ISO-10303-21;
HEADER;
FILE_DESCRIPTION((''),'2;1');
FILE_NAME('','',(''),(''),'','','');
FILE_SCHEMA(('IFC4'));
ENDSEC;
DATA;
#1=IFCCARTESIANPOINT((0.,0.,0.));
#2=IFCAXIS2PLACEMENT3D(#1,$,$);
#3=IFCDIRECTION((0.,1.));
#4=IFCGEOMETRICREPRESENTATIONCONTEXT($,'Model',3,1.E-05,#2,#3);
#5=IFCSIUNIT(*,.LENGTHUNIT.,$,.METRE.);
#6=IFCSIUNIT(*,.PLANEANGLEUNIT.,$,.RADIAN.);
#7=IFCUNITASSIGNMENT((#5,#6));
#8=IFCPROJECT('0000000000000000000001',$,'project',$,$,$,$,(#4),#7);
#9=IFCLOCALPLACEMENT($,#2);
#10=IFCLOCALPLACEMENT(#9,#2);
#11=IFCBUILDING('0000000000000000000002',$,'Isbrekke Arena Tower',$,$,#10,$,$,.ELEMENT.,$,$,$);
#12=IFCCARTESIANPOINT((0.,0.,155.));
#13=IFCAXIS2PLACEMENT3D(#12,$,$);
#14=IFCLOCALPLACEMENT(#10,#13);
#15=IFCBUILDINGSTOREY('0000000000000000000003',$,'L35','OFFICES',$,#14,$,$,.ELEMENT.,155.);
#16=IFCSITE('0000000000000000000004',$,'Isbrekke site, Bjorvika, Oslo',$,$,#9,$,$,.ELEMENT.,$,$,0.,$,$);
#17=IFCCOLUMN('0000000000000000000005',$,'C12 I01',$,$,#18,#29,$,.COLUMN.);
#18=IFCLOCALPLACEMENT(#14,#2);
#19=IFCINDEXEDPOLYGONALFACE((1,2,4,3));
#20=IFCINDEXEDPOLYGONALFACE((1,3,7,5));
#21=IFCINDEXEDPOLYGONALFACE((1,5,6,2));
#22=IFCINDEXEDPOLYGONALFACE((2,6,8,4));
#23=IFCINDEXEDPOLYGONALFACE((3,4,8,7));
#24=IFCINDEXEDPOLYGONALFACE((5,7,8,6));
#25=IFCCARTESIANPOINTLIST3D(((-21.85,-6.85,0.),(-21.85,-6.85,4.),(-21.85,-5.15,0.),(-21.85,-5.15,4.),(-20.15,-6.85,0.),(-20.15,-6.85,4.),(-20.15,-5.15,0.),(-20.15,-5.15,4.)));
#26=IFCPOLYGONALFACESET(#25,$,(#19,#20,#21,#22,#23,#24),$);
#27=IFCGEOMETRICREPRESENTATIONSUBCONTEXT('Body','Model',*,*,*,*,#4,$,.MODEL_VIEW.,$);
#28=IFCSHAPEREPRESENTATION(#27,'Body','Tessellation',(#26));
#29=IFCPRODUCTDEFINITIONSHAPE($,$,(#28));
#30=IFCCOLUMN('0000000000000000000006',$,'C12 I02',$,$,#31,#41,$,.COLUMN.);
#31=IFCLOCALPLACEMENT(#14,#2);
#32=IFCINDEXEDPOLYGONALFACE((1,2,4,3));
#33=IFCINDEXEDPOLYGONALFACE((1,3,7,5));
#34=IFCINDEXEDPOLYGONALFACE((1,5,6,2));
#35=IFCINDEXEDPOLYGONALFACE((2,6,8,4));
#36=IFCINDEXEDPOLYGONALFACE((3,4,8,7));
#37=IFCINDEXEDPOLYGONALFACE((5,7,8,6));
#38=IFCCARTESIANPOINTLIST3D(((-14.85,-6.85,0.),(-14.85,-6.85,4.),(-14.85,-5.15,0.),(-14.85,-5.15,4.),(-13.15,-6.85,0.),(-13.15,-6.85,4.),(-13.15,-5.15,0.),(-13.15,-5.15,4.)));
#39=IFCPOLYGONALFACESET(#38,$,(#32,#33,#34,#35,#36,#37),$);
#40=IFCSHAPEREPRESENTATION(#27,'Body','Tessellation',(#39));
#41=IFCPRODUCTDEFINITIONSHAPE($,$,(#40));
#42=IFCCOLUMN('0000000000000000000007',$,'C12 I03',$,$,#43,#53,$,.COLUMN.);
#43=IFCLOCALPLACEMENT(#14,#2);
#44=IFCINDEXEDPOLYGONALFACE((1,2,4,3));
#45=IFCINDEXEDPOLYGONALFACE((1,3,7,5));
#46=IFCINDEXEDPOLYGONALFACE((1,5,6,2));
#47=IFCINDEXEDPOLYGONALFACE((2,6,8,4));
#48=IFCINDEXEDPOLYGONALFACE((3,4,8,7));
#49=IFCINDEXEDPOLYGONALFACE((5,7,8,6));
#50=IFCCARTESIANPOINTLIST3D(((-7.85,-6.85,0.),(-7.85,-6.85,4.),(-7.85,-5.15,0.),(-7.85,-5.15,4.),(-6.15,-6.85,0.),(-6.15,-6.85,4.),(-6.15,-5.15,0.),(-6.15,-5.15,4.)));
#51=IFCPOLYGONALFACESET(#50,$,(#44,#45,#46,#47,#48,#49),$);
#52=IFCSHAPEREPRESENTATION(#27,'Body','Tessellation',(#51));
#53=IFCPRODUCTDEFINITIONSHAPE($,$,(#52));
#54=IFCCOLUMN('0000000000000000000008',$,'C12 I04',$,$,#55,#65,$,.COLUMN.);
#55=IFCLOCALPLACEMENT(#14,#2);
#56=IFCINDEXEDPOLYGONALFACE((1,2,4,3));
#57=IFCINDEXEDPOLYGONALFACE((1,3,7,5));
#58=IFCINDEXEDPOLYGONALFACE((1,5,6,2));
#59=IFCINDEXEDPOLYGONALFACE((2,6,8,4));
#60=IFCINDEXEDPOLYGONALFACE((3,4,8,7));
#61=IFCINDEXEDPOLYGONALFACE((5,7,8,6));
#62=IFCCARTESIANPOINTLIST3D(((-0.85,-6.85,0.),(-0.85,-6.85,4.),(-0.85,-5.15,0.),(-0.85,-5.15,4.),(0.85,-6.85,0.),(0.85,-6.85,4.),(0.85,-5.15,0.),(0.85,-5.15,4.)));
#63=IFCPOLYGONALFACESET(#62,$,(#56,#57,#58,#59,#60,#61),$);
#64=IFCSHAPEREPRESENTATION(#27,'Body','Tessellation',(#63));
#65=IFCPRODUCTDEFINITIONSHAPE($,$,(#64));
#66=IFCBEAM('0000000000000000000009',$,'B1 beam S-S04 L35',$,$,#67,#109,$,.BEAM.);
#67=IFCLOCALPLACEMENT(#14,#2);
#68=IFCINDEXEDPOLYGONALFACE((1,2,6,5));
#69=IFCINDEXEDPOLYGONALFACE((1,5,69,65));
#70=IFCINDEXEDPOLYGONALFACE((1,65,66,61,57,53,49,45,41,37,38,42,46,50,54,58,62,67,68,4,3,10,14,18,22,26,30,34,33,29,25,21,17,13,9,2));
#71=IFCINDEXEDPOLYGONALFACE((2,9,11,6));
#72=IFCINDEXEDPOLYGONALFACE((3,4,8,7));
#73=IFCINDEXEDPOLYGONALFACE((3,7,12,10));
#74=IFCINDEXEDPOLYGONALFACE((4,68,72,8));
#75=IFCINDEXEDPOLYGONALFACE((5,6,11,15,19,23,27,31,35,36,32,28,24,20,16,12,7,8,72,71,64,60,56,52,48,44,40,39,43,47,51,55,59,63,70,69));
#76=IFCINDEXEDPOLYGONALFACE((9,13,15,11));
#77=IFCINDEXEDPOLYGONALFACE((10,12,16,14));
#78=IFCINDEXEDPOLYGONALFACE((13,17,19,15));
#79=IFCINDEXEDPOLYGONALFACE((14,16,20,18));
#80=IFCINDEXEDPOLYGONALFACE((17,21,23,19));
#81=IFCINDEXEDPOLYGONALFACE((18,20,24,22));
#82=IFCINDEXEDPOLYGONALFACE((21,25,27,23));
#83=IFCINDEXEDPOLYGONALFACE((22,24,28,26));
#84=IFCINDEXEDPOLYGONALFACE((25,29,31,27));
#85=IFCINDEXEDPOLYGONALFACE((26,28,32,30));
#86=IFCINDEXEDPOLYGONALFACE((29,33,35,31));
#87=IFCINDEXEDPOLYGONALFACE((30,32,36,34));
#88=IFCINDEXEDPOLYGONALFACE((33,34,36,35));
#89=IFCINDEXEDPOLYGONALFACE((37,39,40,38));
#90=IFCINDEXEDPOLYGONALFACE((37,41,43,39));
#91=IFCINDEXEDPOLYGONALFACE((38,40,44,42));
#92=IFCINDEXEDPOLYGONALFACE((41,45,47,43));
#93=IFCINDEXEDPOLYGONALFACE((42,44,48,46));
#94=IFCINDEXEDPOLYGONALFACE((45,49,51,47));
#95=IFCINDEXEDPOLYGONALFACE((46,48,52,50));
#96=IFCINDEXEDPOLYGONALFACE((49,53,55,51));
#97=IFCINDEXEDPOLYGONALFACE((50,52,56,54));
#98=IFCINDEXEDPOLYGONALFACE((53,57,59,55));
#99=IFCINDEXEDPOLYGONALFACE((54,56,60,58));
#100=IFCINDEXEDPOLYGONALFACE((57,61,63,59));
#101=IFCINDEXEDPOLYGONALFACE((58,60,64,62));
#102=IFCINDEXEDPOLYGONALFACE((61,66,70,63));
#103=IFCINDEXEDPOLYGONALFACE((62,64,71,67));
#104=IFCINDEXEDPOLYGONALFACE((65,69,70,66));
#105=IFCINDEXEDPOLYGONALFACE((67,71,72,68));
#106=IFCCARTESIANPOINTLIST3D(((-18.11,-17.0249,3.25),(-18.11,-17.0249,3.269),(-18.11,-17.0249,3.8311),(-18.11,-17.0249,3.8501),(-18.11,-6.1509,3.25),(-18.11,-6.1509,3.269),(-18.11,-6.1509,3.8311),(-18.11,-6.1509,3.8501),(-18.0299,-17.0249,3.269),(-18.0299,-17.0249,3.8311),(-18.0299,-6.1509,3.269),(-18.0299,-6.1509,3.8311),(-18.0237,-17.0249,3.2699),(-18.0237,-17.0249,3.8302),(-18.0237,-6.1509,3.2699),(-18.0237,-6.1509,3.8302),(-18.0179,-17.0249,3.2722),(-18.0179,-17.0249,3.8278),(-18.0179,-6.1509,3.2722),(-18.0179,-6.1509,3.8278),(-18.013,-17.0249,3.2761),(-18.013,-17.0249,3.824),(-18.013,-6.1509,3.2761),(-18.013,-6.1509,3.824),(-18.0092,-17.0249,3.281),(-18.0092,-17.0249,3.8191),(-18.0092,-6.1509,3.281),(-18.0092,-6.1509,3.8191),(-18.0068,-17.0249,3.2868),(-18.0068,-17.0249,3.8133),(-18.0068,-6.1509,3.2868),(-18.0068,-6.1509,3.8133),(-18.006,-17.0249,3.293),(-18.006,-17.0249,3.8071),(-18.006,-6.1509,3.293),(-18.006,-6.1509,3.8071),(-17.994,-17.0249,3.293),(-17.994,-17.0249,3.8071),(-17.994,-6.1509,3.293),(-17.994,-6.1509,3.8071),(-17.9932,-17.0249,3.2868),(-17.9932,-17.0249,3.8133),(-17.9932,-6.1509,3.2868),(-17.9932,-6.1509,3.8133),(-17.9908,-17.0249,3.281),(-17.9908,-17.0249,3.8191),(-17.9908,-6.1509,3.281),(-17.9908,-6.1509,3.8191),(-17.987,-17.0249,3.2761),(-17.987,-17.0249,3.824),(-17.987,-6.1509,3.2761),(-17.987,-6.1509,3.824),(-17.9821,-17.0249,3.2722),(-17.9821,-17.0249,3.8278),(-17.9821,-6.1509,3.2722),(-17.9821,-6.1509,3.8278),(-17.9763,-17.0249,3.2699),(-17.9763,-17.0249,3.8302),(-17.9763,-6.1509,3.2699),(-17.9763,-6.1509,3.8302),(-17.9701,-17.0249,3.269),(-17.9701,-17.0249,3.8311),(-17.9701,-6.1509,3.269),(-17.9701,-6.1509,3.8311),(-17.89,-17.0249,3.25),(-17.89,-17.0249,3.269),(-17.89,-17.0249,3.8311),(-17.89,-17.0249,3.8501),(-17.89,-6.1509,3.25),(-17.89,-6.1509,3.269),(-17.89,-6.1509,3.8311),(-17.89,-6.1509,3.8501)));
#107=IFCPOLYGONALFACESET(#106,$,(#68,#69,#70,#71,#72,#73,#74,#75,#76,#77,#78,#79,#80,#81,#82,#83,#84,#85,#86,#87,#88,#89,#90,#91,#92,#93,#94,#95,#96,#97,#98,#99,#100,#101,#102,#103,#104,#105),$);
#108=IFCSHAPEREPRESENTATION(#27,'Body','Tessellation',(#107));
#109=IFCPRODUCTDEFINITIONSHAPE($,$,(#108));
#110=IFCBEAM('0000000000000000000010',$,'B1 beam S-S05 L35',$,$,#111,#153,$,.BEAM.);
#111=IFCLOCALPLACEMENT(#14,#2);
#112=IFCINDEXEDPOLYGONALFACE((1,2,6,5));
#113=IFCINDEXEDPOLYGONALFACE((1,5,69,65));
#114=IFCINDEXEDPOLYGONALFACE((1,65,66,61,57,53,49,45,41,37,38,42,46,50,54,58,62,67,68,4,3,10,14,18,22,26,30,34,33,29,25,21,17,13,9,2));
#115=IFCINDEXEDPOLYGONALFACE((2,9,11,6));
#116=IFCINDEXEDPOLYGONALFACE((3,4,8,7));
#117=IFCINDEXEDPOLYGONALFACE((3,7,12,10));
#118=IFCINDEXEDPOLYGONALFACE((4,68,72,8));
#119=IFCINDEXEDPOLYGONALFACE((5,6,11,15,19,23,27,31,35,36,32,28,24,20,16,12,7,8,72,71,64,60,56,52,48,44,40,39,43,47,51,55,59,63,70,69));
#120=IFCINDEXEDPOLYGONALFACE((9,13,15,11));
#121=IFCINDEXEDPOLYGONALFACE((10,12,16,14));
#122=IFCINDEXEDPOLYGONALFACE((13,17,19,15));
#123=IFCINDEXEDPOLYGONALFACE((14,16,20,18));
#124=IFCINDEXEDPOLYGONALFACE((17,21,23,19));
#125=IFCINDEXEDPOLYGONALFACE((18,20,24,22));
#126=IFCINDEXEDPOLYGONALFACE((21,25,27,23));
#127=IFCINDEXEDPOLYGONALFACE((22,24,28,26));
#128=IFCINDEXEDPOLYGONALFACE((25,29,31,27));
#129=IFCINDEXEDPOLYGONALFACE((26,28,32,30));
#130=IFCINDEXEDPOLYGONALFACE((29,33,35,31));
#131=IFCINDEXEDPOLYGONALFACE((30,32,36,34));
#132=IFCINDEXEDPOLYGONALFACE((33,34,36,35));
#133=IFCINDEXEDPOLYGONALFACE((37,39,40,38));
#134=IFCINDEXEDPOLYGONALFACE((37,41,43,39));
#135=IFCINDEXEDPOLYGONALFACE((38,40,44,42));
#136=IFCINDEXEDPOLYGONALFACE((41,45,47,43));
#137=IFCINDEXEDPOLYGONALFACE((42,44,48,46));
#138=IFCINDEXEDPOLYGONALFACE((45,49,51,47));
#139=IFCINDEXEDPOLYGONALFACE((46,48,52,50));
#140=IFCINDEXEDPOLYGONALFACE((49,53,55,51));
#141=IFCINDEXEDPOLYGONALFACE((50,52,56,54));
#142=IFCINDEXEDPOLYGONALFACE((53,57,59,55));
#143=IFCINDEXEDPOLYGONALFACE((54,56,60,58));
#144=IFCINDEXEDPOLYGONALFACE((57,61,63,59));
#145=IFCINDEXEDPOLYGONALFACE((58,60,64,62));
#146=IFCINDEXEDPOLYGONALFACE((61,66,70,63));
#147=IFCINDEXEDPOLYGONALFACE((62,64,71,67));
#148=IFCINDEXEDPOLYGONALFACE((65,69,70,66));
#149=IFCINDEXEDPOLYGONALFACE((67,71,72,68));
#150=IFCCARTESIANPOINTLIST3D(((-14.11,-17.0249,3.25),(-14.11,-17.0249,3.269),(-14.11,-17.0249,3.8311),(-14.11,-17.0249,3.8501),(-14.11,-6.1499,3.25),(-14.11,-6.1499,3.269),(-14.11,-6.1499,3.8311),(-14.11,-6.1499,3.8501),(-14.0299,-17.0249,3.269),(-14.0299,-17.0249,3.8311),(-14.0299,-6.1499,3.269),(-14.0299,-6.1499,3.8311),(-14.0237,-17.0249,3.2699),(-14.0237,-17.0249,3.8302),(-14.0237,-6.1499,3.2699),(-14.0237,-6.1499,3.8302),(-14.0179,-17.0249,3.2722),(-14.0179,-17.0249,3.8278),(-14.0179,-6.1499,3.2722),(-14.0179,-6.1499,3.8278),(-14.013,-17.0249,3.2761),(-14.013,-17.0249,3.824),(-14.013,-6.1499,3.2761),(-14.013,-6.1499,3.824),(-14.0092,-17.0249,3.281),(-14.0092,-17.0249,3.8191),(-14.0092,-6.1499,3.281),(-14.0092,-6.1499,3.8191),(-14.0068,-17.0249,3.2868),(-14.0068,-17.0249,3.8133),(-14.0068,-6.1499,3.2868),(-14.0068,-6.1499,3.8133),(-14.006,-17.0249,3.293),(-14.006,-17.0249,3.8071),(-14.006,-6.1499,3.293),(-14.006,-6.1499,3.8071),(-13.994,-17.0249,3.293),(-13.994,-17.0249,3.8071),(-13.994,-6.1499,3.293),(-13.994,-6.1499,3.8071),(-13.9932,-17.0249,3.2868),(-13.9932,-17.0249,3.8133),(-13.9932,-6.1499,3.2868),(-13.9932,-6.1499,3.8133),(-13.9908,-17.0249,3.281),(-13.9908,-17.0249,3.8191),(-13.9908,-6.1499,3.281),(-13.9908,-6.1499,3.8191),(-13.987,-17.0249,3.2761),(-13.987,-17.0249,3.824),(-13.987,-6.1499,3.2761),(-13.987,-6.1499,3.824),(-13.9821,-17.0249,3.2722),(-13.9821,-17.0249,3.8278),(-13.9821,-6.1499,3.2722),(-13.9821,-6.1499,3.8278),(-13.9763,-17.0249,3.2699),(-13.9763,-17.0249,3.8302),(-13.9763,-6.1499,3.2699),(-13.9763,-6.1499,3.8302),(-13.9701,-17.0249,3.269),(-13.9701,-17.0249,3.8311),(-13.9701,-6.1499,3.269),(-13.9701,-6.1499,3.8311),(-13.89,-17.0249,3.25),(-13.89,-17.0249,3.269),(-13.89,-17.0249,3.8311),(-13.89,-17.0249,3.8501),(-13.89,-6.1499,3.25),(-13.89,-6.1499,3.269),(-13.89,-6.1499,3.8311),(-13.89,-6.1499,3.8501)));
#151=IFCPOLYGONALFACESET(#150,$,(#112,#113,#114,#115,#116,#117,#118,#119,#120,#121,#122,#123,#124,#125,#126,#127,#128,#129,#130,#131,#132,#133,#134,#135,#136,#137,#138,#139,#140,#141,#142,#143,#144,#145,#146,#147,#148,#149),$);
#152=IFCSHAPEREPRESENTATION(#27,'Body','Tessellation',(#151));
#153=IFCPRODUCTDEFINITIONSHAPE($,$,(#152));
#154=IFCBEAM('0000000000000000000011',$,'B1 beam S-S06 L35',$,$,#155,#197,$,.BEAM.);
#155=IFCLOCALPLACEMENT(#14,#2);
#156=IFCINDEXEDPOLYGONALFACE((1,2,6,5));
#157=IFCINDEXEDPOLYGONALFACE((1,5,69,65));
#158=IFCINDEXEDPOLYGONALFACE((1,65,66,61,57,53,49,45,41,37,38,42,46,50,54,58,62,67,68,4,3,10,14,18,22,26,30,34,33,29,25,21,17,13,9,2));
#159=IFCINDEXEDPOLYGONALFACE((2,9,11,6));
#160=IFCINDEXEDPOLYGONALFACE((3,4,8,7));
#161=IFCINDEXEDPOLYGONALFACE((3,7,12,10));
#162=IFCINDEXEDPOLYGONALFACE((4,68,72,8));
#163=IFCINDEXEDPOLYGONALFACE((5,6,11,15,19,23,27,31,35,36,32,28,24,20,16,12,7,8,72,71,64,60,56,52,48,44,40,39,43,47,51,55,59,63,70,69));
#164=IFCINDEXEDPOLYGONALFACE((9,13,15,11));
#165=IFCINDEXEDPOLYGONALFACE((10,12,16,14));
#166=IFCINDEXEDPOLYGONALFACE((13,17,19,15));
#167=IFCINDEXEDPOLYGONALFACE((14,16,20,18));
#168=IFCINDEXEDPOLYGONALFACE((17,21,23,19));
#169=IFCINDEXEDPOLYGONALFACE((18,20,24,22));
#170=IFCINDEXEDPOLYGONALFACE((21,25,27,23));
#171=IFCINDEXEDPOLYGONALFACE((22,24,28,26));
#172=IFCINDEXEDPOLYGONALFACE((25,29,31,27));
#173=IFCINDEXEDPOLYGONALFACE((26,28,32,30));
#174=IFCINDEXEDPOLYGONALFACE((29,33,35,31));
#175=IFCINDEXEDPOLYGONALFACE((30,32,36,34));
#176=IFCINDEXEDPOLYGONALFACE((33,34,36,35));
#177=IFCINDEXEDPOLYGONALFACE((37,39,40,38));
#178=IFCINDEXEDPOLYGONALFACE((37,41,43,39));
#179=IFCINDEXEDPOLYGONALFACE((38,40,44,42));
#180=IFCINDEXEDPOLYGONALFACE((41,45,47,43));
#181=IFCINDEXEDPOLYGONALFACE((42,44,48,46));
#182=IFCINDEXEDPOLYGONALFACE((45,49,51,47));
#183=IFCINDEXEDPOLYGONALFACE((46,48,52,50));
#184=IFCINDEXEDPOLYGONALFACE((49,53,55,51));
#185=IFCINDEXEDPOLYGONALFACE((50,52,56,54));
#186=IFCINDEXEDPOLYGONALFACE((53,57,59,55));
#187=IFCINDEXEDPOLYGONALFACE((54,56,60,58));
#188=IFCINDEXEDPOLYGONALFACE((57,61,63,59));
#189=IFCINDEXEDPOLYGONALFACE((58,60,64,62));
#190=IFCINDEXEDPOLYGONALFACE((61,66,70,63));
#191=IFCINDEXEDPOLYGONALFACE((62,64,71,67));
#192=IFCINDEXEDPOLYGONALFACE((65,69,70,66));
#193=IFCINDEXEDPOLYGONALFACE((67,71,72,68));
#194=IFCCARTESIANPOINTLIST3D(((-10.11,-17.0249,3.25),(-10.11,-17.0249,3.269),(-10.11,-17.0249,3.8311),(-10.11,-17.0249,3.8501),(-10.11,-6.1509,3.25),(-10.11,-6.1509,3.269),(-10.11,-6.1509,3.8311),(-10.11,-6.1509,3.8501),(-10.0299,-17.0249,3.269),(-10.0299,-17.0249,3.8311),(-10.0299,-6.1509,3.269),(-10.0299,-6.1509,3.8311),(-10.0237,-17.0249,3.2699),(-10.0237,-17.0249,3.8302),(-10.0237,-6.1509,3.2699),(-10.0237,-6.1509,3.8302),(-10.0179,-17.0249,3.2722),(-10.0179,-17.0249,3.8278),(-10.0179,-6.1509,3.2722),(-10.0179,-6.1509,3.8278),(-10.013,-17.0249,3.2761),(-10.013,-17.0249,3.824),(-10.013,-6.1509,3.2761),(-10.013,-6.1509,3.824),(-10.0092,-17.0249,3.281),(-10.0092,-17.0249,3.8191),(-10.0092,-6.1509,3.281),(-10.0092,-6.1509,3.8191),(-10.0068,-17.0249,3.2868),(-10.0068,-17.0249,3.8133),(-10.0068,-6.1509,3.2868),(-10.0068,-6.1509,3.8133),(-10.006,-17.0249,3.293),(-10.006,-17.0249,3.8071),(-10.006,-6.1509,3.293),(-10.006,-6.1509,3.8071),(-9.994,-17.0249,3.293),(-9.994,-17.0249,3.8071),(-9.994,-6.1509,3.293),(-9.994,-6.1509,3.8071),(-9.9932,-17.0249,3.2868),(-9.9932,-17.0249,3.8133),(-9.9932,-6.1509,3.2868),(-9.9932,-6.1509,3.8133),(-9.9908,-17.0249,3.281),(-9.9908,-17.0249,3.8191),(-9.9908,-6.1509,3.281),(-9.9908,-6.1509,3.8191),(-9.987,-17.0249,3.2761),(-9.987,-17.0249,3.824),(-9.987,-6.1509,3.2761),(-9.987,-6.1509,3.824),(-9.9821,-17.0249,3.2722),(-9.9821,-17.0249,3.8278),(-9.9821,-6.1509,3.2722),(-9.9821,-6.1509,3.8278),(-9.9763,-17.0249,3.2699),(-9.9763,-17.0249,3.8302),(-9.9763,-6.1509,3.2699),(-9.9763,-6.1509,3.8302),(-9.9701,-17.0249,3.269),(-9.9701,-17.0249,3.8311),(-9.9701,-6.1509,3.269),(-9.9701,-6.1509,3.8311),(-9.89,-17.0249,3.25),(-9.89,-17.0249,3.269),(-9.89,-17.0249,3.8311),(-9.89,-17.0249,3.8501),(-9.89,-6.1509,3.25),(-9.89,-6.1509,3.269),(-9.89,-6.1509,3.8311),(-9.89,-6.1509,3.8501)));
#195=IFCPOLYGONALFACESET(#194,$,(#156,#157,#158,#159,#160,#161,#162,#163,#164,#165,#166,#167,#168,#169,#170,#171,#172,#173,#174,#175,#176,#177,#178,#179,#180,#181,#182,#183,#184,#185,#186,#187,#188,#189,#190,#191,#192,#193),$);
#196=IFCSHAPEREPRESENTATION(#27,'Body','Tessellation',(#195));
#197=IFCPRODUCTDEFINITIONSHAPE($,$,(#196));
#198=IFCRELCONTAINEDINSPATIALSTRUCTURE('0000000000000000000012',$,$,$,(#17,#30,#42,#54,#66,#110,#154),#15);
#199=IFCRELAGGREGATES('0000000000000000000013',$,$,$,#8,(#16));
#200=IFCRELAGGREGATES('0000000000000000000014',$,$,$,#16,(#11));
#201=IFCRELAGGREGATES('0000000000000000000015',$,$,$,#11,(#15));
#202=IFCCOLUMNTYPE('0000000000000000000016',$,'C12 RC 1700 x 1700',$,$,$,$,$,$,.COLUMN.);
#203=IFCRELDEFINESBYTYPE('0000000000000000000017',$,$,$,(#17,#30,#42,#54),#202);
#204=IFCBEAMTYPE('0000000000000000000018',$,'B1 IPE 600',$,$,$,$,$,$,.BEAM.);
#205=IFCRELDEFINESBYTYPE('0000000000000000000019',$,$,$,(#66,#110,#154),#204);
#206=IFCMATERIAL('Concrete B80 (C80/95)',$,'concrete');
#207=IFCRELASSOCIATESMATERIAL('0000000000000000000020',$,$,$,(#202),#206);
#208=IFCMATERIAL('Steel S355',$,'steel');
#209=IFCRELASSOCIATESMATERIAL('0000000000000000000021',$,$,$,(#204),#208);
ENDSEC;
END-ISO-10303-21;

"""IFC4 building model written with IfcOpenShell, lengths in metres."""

from ifc_helpers import new_model, si_unit, direction, frame, origin, origin_2d, place, context, subcontext, project, spatial, rectangle, i_section, extrude, material, material_profile, profile_set, type_object, element, save


model = new_model("IFC4")

# Units and contexts
model_context = context("Model", 3, precision=1e-05, world=origin(), true_north=direction((0.0, 1.0)))
body_context = subcontext(model_context, "Body", "Model", "MODEL_VIEW")
ifc_project = project(units=[si_unit("LENGTHUNIT", "METRE"), si_unit("PLANEANGLEUNIT", "RADIAN")], contexts=[model_context])

# Site, building, storey
site_placement = place(None, origin())
site = spatial("IfcSite", under=ifc_project, at=site_placement, Name="Isbrekke site, Bjorvika, Oslo", CompositionType="ELEMENT", RefElevation=0.0)
building_placement = place(site_placement, origin())
building = spatial("IfcBuilding", under=site, at=building_placement, Name="Isbrekke Arena Tower", CompositionType="ELEMENT")
storey_placement = place(building_placement, frame((0.0, 0.0, 155.0)))
storey = spatial("IfcBuildingStorey", under=building, at=storey_placement, Name="L35", Description="OFFICES", CompositionType="ELEMENT", Elevation=155.0)

# Columns
ifc_material_1 = material(Name="Concrete B80 (C80/95)", Category="concrete")
ifc_material_profile_1 = material_profile(ifc_material_1, rectangle(XDim=1.7, YDim=1.7, at=origin_2d()), Name="RC 1700x1700")
ifc_profile_set_1 = profile_set([ifc_material_profile_1], Name="Concrete B80 (C80/95)")
column_type = type_object("IfcColumnType", Name="C12 RC 1700 x 1700", PredefinedType="COLUMN", material=ifc_profile_set_1)
for number, where, z_axis, x_axis, name in (
    (1, (-21.0, -6.0, 0.0), (0.0, 0.0, 1.0), (1.0, 0.0, 0.0), "C12 I01"),
    (2, (-14.0, -6.0, 0.0), (0.0, 0.0, 1.0), (1.0, 0.0, 0.0), "C12 I02"),
    (3, (-7.0, -6.0, 0.0), (0.0, 0.0, 1.0), (1.0, 0.0, 0.0), "C12 I03"),
    (4, (0.0, -6.0, 0.0), (0.0, 0.0, 1.0), (1.0, 0.0, 0.0), "C12 I04"),
):
    element("IfcColumn", number, at=place(storey_placement, frame(where, z_axis=z_axis, x_axis=x_axis)), inside=storey, type_object=column_type, Name=name, PredefinedType="COLUMN", context=body_context, shape_type="SweptSolid", body=[
        extrude(rectangle(XDim=1.7, YDim=1.7, at=origin_2d()), origin(), (0.0, 0.0, 1.0), 4.0),
    ])

# Beams
ifc_material_2 = material(Name="Steel S355", Category="steel")
ifc_material_profile_2 = material_profile(ifc_material_2, i_section(OverallWidth=0.22, OverallDepth=0.6001, WebThickness=0.012, FlangeThickness=0.019, FilletRadius=0.0239, at=origin_2d()), Name="IPE 600")
ifc_profile_set_2 = profile_set([ifc_material_profile_2], Name="Steel S355")
beam_type_1 = type_object("IfcBeamType", Name="B1 IPE 600", PredefinedType="BEAM", material=ifc_profile_set_2)
beam_1_placement = place(storey_placement, frame((-18.0, -17.0249, 3.55), z_axis=(0.0, 1.0, 0.0), x_axis=(-1.0, 0.0, 0.0)))
element("IfcBeam", 5, at=beam_1_placement, inside=storey, type_object=beam_type_1, Name="B1 beam S-S04 L35", PredefinedType="BEAM", context=body_context, shape_type="SweptSolid", body=[
    extrude(i_section(OverallWidth=0.22, OverallDepth=0.6001, WebThickness=0.012, FlangeThickness=0.019, FilletRadius=0.0239, at=origin_2d()), origin(), (0.0, 0.0, 1.0), 10.874),
])
beam_2_placement = place(storey_placement, frame((-14.0, -17.0249, 3.55), z_axis=(0.0, 1.0, 0.0), x_axis=(-1.0, 0.0, 0.0)))
element("IfcBeam", 6, at=beam_2_placement, inside=storey, type_object=beam_type_1, Name="B1 beam S-S05 L35", PredefinedType="BEAM", context=body_context, shape_type="SweptSolid", body=[
    extrude(i_section(OverallWidth=0.22, OverallDepth=0.6001, WebThickness=0.012, FlangeThickness=0.019, FilletRadius=0.0239, at=origin_2d()), origin(), (0.0, 0.0, 1.0), 10.875),
])
for number, where, z_axis, x_axis, name in (
    (7, (-10.0, -17.0249, 3.55), (0.0, 1.0, 0.0), (-1.0, 0.0, 0.0), "B1 beam S-S06 L35"),
):
    element("IfcBeam", number, at=place(storey_placement, frame(where, z_axis=z_axis, x_axis=x_axis)), inside=storey, type_object=beam_type_1, Name=name, PredefinedType="BEAM", context=body_context, shape_type="SweptSolid", body=[
        extrude(i_section(OverallWidth=0.22, OverallDepth=0.6001, WebThickness=0.012, FlangeThickness=0.019, FilletRadius=0.0239, at=origin_2d()), origin(), (0.0, 0.0, 1.0), 10.874),
    ])

save(model, "model.ifc")
